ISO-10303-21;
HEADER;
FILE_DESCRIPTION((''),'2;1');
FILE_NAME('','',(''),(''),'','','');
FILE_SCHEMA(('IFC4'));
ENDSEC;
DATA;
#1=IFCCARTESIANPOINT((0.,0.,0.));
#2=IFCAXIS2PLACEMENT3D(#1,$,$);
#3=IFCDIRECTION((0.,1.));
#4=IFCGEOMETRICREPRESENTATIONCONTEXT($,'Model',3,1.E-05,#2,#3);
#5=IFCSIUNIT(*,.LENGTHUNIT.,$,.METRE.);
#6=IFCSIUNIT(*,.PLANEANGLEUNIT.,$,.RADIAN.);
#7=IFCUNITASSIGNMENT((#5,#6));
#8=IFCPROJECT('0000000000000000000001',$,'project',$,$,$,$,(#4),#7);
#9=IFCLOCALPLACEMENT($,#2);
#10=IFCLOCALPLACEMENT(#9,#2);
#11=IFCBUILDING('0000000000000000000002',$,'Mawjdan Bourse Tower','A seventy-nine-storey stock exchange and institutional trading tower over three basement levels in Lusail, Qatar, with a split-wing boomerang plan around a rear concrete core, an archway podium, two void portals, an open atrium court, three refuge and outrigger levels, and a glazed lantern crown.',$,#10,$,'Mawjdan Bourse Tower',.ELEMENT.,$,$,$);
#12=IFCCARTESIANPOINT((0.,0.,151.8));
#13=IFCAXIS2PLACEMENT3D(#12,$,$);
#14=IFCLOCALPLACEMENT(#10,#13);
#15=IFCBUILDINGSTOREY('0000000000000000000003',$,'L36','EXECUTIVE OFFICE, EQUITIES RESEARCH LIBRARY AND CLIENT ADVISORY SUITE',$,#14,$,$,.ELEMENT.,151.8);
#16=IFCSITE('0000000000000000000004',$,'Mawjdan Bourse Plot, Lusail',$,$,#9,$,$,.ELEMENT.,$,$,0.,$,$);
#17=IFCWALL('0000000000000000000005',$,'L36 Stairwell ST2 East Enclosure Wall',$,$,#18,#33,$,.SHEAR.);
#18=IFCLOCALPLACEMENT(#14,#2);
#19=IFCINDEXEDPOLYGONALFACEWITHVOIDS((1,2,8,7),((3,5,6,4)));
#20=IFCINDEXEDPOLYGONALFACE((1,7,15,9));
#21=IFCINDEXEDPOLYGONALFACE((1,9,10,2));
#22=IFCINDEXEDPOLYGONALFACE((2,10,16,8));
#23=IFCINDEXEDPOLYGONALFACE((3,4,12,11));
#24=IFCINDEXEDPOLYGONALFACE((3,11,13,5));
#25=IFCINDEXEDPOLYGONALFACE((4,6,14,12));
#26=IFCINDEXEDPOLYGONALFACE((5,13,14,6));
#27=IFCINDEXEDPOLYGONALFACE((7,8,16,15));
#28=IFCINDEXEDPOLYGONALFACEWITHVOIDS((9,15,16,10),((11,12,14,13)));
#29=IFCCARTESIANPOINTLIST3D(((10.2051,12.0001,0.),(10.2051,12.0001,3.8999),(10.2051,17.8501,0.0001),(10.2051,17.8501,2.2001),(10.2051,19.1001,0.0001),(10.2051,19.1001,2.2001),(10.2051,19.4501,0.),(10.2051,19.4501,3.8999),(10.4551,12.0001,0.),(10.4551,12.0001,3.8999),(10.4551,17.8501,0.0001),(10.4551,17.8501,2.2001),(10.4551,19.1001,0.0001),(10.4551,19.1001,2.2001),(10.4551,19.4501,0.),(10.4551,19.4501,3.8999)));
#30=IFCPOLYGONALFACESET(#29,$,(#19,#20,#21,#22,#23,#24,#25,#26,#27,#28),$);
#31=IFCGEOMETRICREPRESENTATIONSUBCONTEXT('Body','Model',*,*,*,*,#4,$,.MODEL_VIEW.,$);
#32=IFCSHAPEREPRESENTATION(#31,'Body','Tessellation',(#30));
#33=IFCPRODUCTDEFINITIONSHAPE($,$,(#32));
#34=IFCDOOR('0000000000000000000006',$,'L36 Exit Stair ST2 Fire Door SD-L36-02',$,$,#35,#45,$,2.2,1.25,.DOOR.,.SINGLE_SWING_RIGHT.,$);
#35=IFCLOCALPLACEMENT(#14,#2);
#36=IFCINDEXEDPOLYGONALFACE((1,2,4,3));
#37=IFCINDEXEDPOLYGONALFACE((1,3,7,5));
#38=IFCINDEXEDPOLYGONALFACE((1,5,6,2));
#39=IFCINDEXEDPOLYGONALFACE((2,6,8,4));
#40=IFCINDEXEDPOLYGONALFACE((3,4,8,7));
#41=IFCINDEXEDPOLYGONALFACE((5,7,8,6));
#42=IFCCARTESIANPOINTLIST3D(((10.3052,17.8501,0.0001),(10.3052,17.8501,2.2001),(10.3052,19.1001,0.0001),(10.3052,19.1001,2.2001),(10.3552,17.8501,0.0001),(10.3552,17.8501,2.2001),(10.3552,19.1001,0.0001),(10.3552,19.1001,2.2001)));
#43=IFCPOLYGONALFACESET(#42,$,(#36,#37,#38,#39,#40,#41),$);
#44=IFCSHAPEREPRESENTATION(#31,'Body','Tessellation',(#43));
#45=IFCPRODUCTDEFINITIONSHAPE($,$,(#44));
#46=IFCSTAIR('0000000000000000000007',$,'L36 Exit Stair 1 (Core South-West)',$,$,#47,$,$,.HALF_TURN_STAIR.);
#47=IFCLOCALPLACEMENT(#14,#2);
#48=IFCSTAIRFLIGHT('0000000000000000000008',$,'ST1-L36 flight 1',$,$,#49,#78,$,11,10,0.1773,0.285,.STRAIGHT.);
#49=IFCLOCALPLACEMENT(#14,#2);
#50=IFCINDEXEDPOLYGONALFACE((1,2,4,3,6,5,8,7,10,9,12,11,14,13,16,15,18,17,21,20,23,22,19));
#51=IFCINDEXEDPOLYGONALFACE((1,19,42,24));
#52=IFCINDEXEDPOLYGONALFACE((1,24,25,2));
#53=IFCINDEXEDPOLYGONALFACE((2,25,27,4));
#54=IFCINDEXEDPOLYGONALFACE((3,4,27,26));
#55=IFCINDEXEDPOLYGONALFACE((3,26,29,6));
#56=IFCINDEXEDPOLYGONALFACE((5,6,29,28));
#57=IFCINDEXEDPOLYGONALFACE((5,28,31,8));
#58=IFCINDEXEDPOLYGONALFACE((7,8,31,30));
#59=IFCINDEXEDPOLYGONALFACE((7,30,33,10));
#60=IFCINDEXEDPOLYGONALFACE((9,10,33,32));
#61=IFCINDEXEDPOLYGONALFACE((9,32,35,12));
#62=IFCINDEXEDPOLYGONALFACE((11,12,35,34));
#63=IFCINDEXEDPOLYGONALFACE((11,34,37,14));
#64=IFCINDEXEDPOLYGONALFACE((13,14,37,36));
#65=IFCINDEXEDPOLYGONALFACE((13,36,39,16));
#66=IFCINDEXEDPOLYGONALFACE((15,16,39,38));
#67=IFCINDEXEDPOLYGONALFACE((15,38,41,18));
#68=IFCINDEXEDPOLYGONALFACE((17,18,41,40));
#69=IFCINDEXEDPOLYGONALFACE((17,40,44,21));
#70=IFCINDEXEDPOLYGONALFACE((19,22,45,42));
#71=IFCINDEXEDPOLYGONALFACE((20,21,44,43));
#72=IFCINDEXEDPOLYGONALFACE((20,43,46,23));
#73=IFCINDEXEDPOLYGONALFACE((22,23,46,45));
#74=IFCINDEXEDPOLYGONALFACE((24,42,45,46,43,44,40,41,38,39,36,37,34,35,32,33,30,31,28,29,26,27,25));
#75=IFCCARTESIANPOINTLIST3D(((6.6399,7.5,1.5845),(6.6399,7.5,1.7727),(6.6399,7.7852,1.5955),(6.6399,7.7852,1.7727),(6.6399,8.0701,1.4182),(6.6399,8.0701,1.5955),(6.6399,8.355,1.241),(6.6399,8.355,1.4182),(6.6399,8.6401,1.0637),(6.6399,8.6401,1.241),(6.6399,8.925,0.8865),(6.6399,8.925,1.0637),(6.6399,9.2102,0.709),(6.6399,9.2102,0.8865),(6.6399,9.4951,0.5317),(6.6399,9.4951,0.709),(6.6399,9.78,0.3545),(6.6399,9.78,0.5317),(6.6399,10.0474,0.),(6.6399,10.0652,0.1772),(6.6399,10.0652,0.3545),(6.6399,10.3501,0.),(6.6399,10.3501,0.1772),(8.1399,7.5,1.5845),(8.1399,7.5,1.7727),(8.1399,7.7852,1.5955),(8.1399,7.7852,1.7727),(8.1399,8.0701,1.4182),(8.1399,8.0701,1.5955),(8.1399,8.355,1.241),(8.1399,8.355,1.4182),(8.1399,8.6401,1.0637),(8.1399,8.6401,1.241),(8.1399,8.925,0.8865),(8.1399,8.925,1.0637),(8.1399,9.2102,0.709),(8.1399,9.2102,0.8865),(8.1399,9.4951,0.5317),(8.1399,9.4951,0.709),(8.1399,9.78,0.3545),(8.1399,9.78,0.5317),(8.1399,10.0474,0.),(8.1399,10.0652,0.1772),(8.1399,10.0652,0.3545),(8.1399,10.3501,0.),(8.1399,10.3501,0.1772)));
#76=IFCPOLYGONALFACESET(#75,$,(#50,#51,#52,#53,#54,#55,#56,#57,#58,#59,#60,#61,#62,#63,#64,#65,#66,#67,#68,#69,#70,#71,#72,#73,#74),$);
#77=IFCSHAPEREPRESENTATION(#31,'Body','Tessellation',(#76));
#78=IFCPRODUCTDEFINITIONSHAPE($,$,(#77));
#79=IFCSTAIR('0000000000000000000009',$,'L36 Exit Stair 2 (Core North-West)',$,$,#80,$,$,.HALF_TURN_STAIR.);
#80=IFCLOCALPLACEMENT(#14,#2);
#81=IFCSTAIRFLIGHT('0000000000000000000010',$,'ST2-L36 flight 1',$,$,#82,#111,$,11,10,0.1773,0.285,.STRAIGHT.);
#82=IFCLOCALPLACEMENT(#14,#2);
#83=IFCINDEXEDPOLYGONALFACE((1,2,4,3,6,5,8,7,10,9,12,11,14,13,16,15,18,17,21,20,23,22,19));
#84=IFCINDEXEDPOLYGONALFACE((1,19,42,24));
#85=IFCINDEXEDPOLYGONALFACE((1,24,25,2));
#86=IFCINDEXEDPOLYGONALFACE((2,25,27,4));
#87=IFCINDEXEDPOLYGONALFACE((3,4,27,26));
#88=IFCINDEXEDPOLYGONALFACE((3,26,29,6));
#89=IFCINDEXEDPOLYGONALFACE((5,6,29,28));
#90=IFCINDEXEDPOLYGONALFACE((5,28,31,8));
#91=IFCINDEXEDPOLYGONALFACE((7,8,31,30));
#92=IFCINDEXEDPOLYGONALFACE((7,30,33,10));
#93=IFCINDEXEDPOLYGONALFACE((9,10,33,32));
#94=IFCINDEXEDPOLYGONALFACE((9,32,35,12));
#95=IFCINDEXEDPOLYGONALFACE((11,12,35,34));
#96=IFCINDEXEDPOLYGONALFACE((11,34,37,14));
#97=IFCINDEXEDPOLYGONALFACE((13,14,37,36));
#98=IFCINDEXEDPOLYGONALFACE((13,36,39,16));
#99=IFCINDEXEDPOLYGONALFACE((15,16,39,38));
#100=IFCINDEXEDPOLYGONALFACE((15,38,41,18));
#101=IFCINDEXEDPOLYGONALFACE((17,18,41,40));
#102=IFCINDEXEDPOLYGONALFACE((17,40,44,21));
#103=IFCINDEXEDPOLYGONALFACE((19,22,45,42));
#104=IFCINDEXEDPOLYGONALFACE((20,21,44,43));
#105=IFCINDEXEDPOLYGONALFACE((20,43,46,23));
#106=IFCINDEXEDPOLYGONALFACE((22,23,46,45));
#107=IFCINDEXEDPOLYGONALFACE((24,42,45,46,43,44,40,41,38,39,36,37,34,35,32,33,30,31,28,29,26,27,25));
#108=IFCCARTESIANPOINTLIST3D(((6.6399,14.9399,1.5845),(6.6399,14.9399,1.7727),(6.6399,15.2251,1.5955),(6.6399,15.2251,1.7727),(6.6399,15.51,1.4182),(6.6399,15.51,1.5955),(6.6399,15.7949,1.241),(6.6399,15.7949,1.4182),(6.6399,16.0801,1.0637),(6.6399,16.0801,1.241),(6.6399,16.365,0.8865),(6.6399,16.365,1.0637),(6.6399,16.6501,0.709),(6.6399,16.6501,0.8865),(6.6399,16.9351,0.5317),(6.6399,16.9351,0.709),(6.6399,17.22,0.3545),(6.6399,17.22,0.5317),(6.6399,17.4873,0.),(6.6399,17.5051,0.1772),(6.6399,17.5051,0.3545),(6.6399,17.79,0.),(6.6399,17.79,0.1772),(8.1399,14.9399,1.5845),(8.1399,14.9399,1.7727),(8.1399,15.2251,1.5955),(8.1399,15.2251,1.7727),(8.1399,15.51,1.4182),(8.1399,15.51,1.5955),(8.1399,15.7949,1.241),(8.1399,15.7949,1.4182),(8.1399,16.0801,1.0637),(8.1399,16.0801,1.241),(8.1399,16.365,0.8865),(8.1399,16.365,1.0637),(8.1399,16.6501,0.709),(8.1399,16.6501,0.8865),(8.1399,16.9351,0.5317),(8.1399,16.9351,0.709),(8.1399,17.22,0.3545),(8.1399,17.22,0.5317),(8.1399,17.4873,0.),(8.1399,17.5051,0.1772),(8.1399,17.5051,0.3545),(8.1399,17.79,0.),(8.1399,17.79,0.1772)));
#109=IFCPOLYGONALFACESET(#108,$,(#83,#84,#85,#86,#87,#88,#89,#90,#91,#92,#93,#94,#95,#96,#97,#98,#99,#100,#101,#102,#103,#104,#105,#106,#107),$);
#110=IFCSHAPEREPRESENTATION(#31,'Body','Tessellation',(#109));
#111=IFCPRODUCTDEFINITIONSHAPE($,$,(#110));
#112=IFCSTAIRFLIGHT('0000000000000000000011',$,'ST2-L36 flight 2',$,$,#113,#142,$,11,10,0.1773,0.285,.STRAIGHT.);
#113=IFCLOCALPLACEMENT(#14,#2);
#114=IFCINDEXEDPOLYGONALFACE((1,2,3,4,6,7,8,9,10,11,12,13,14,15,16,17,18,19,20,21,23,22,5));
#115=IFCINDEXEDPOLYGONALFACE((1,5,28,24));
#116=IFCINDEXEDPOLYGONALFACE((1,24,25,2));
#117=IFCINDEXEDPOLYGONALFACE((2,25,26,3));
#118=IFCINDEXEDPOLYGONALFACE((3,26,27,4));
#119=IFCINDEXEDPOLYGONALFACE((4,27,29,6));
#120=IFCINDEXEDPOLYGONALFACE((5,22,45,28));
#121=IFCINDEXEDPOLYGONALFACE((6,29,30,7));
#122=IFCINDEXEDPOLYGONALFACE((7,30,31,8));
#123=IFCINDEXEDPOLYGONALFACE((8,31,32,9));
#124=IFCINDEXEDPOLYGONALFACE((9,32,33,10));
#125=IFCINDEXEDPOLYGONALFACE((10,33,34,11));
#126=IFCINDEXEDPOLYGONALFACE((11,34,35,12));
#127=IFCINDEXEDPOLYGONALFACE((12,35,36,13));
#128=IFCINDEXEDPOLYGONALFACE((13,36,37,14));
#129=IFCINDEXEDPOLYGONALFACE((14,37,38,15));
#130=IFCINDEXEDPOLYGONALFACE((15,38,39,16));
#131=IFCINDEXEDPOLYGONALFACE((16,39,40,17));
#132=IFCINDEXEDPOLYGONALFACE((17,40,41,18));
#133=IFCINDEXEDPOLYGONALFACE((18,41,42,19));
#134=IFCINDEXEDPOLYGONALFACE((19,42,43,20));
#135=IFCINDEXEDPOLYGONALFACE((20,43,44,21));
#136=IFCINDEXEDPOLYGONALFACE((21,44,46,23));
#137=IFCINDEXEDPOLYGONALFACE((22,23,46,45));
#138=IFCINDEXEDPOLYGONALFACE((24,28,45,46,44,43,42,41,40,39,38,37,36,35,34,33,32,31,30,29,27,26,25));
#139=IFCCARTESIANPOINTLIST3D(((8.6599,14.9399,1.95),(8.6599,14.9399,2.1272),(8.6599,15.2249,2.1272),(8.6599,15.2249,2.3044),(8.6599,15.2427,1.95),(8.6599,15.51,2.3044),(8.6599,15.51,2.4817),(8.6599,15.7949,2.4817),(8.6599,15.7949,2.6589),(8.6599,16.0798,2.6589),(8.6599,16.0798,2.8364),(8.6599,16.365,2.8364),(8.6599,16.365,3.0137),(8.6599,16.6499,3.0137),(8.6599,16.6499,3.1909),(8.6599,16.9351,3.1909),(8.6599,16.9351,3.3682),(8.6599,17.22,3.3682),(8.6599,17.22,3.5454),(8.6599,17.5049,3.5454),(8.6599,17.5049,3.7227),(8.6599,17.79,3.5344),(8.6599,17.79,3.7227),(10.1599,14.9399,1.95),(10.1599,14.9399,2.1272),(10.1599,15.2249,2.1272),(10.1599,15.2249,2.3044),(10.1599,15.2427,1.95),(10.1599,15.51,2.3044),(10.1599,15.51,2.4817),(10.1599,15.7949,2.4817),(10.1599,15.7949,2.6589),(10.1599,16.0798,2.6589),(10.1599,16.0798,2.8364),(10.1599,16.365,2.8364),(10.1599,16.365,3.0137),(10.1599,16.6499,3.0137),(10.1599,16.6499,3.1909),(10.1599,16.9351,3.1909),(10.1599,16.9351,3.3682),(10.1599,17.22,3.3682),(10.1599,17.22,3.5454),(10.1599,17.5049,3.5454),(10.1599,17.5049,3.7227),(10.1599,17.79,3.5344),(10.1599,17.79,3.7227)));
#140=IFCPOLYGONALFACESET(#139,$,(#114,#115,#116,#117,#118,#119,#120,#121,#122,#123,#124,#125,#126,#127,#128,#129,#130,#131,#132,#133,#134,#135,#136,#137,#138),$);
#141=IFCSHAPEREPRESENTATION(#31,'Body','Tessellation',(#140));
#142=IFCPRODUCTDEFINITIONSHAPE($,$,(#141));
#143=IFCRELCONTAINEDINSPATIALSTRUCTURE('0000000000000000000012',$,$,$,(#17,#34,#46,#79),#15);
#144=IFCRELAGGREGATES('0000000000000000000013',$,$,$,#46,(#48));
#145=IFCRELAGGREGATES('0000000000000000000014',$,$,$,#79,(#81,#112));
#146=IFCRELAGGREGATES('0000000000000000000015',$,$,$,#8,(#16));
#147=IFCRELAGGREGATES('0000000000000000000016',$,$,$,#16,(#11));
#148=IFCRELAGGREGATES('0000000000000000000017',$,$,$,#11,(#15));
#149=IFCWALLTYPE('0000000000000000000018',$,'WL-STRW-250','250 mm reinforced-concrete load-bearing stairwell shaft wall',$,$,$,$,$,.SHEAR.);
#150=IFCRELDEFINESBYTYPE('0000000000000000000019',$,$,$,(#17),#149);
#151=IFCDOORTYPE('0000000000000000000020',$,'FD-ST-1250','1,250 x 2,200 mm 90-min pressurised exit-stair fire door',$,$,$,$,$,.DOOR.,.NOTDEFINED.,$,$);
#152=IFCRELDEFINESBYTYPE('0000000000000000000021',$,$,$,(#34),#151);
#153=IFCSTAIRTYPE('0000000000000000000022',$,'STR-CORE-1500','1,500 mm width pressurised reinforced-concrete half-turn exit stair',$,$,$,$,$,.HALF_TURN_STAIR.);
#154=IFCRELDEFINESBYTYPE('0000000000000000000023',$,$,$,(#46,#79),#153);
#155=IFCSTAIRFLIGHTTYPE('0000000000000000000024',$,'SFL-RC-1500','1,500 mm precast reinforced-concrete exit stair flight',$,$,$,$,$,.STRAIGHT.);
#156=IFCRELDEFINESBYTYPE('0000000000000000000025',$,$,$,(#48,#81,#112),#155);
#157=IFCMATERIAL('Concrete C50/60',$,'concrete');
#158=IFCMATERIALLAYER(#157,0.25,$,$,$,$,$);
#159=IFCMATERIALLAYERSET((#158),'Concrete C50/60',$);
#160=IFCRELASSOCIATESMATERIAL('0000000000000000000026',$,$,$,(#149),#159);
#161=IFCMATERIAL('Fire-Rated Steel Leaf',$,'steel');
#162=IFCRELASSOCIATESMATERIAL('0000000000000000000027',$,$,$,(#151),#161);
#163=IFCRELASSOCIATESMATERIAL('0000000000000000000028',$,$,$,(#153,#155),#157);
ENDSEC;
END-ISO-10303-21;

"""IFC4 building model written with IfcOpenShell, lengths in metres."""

from ifc_helpers import new_model, si_unit, direction, frame, frame_2d, origin, place, context, subcontext, project, spatial, polyline, rectangle, outline, extrude, material, layer, layer_set, type_object, element, fill, aggregate, save


model = new_model("IFC4")

# Units and contexts
model_context = context("Model", 3, precision=1e-05, world=origin(), true_north=direction((0.0, 1.0)))
body_context = subcontext(model_context, "Body", "Model", "MODEL_VIEW")
ifc_project = project(units=[si_unit("LENGTHUNIT", "METRE"), si_unit("PLANEANGLEUNIT", "RADIAN")], contexts=[model_context])

# Site, building, storey
site_placement = place(None, origin())
site = spatial("IfcSite", under=ifc_project, at=site_placement, Name="Mawjdan Bourse Plot, Lusail", CompositionType="ELEMENT", RefElevation=0.0)
building_placement = place(site_placement, origin())
building = spatial("IfcBuilding", under=site, at=building_placement, Name="Mawjdan Bourse Tower", Description="A seventy-nine-storey stock exchange and institutional trading tower over three basement levels in Lusail, Qatar, with a split-wing boomerang plan around a rear concrete core, an archway podium, two void portals, an open atrium court, three refuge and outrigger levels, and a glazed lantern crown.", LongName="Mawjdan Bourse Tower", CompositionType="ELEMENT")
storey_placement = place(building_placement, frame((0.0, 0.0, 151.8)))
storey = spatial("IfcBuildingStorey", under=building, at=storey_placement, Name="L36", Description="EXECUTIVE OFFICE, EQUITIES RESEARCH LIBRARY AND CLIENT ADVISORY SUITE", CompositionType="ELEMENT", Elevation=151.8)

# Shared definitions
ifc_material_1 = material(Name="Concrete C50/60", Category="concrete")
ifc_layer_1 = layer(ifc_material_1, 0.25)
ifc_layer_set_1 = layer_set([ifc_layer_1], Name="Concrete C50/60")
wall_type_1 = type_object("IfcWallType", Name="WL-STRW-250", Description="250 mm reinforced-concrete load-bearing stairwell shaft wall", PredefinedType="SHEAR", material=ifc_layer_set_1)

# Wall, opening, door
wall_1_placement = place(storey_placement, frame((10.3301, 12.0, 0.0), z_axis=(0.0, 0.0, 1.0), x_axis=(0.0, 1.0, 0.0)))
wall_1 = element("IfcWall", 1, at=wall_1_placement, inside=storey, type_object=wall_type_1, Name="L36 Stairwell ST2 East Enclosure Wall", PredefinedType="SHEAR", context=body_context, shape_type="SweptSolid", body=[
    extrude(rectangle(XDim=7.45, YDim=0.25, at=frame_2d((3.7251, 0.0))), origin(), (0.0, 0.0, 1.0), 3.8999),
])
opening_placement = place(wall_1_placement, frame((5.8501, 0.0, 0.0)))
opening = element("IfcOpeningElement", 2, at=opening_placement, cuts=wall_1, PredefinedType="OPENING", context=body_context, shape_type="SweptSolid", body=[
    extrude(rectangle(XDim=1.25, YDim=2.2, at=frame_2d((0.625, 1.1001))), frame((0.0, 0.135, 0.0), z_axis=(0.0, -1.0, 0.0), x_axis=(1.0, 0.0, 0.0)), (0.0, 0.0, 1.0), 0.27),
])
ifc_material_2 = material(Name="Fire-Rated Steel Leaf", Category="steel")
door_type = type_object("IfcDoorType", Name="FD-ST-1250", Description="1,250 x 2,200 mm 90-min pressurised exit-stair fire door", OperationType="NOTDEFINED", PredefinedType="DOOR", material=ifc_material_2)
door_placement = place(opening_placement, origin())
door = element("IfcDoor", 3, at=door_placement, inside=storey, type_object=door_type, Name="L36 Exit Stair ST2 Fire Door SD-L36-02", OperationType="SINGLE_SWING_RIGHT", OverallHeight=2.2, OverallWidth=1.25, PredefinedType="DOOR", context=body_context, shape_type="SweptSolid", body=[
    extrude(rectangle(XDim=1.25, YDim=2.2, at=frame_2d((0.625, 1.1001))), frame((0.0, 0.0249, 0.0), z_axis=(0.0, -1.0, 0.0), x_axis=(1.0, 0.0, 0.0)), (0.0, 0.0, 1.0), 0.05),
])
fill(opening, door)

# Stair, stair flight
stair_type = type_object("IfcStairType", Name="STR-CORE-1500", Description="1,500 mm width pressurised reinforced-concrete half-turn exit stair", PredefinedType="HALF_TURN_STAIR", material=ifc_material_1)
stair_1_placement = place(storey_placement, origin())
stair_1 = element("IfcStair", 4, at=stair_1_placement, inside=storey, type_object=stair_type, Name="L36 Exit Stair 1 (Core South-West)", PredefinedType="HALF_TURN_STAIR")
stair_flight_type = type_object("IfcStairFlightType", Name="SFL-RC-1500", Description="1,500 mm precast reinforced-concrete exit stair flight", PredefinedType="STRAIGHT", material=ifc_material_1)
stair_flight_1_placement = place(storey_placement, frame((7.3899, 10.3501, 0.0), z_axis=(0.0, 0.0, 1.0), x_axis=(0.0, -1.0, 0.0)))
stair_flight_1 = element("IfcStairFlight", 5, at=stair_flight_1_placement, type_object=stair_flight_type, Name="ST1-L36 flight 1", NumberOfRisers=11, NumberOfTreads=10, PredefinedType="STRAIGHT", RiserHeight=0.1773, TreadLength=0.285, context=body_context, shape_type="SweptSolid", body=[
    extrude(outline(polyline([(0.0, 0.0), (0.0, 0.1772), (0.2849, 0.1772), (0.2849, 0.3545), (0.5701, 0.3545), (0.5701, 0.5317), (0.855, 0.5317), (0.855, 0.709), (1.1399, 0.709), (1.1399, 0.8865), (1.425, 0.8865), (1.425, 1.0637), (1.71, 1.0637), (1.71, 1.241), (1.9951, 1.241), (1.9951, 1.4182), (2.28, 1.4182), (2.28, 1.5955), (2.5649, 1.5955), (2.5649, 1.7727), (2.8501, 1.7727), (2.8501, 1.95), (2.8501, 1.5845), (0.3027, 0.0), (0.0, 0.0)])), frame((0.0, 0.75, 0.0), z_axis=(0.0, -1.0, 0.0), x_axis=(1.0, 0.0, 0.0)), (0.0, 0.0, 1.0), 1.5),
])
aggregate(stair_1, [stair_flight_1])

# Stair, stair flights
stair_2_placement = place(storey_placement, origin())
stair_2 = element("IfcStair", 6, at=stair_2_placement, inside=storey, type_object=stair_type, Name="L36 Exit Stair 2 (Core North-West)", PredefinedType="HALF_TURN_STAIR")
stair_flight_2_placement = place(storey_placement, frame((7.3899, 17.79, 0.0), z_axis=(0.0, 0.0, 1.0), x_axis=(0.0, -1.0, 0.0)))
stair_flight_2 = element("IfcStairFlight", 7, at=stair_flight_2_placement, type_object=stair_flight_type, Name="ST2-L36 flight 1", NumberOfRisers=11, NumberOfTreads=10, PredefinedType="STRAIGHT", RiserHeight=0.1773, TreadLength=0.285, context=body_context, shape_type="SweptSolid", body=[
    extrude(outline(polyline([(0.0, 0.0), (0.0, 0.1772), (0.2849, 0.1772), (0.2849, 0.3545), (0.5701, 0.3545), (0.5701, 0.5317), (0.855, 0.5317), (0.855, 0.709), (1.1399, 0.709), (1.1399, 0.8865), (1.425, 0.8865), (1.425, 1.0637), (1.71, 1.0637), (1.71, 1.241), (1.9951, 1.241), (1.9951, 1.4182), (2.28, 1.4182), (2.28, 1.5955), (2.5649, 1.5955), (2.5649, 1.7727), (2.8501, 1.7727), (2.8501, 1.95), (2.8501, 1.5845), (0.3027, 0.0), (0.0, 0.0)])), frame((0.0, 0.75, 0.0), z_axis=(0.0, -1.0, 0.0), x_axis=(1.0, 0.0, 0.0)), (0.0, 0.0, 1.0), 1.5),
])
stair_flight_3_placement = place(storey_placement, frame((9.4099, 14.9399, 1.95), z_axis=(0.0, 0.0, 1.0), x_axis=(0.0, 1.0, 0.0)))
stair_flight_3 = element("IfcStairFlight", 8, at=stair_flight_3_placement, type_object=stair_flight_type, Name="ST2-L36 flight 2", NumberOfRisers=11, NumberOfTreads=10, PredefinedType="STRAIGHT", RiserHeight=0.1773, TreadLength=0.285, context=body_context, shape_type="SweptSolid", body=[
    extrude(outline(polyline([(0.0, 0.0), (0.0, 0.1772), (0.2849, 0.1772), (0.2849, 0.3545), (0.5701, 0.3545), (0.5701, 0.5317), (0.855, 0.5317), (0.855, 0.709), (1.1399, 0.709), (1.1399, 0.8865), (1.425, 0.8865), (1.425, 1.0637), (1.71, 1.0637), (1.71, 1.241), (1.9951, 1.241), (1.9951, 1.4182), (2.28, 1.4182), (2.28, 1.5955), (2.5649, 1.5955), (2.5649, 1.7727), (2.8501, 1.7727), (2.8501, 1.95), (2.8501, 1.5845), (0.3027, 0.0), (0.0, 0.0)])), frame((0.0, 0.75, 0.0), z_axis=(0.0, -1.0, 0.0), x_axis=(1.0, 0.0, 0.0)), (0.0, 0.0, 1.0), 1.5),
])
aggregate(stair_2, [stair_flight_2, stair_flight_3])

save(model, "model.ifc")
